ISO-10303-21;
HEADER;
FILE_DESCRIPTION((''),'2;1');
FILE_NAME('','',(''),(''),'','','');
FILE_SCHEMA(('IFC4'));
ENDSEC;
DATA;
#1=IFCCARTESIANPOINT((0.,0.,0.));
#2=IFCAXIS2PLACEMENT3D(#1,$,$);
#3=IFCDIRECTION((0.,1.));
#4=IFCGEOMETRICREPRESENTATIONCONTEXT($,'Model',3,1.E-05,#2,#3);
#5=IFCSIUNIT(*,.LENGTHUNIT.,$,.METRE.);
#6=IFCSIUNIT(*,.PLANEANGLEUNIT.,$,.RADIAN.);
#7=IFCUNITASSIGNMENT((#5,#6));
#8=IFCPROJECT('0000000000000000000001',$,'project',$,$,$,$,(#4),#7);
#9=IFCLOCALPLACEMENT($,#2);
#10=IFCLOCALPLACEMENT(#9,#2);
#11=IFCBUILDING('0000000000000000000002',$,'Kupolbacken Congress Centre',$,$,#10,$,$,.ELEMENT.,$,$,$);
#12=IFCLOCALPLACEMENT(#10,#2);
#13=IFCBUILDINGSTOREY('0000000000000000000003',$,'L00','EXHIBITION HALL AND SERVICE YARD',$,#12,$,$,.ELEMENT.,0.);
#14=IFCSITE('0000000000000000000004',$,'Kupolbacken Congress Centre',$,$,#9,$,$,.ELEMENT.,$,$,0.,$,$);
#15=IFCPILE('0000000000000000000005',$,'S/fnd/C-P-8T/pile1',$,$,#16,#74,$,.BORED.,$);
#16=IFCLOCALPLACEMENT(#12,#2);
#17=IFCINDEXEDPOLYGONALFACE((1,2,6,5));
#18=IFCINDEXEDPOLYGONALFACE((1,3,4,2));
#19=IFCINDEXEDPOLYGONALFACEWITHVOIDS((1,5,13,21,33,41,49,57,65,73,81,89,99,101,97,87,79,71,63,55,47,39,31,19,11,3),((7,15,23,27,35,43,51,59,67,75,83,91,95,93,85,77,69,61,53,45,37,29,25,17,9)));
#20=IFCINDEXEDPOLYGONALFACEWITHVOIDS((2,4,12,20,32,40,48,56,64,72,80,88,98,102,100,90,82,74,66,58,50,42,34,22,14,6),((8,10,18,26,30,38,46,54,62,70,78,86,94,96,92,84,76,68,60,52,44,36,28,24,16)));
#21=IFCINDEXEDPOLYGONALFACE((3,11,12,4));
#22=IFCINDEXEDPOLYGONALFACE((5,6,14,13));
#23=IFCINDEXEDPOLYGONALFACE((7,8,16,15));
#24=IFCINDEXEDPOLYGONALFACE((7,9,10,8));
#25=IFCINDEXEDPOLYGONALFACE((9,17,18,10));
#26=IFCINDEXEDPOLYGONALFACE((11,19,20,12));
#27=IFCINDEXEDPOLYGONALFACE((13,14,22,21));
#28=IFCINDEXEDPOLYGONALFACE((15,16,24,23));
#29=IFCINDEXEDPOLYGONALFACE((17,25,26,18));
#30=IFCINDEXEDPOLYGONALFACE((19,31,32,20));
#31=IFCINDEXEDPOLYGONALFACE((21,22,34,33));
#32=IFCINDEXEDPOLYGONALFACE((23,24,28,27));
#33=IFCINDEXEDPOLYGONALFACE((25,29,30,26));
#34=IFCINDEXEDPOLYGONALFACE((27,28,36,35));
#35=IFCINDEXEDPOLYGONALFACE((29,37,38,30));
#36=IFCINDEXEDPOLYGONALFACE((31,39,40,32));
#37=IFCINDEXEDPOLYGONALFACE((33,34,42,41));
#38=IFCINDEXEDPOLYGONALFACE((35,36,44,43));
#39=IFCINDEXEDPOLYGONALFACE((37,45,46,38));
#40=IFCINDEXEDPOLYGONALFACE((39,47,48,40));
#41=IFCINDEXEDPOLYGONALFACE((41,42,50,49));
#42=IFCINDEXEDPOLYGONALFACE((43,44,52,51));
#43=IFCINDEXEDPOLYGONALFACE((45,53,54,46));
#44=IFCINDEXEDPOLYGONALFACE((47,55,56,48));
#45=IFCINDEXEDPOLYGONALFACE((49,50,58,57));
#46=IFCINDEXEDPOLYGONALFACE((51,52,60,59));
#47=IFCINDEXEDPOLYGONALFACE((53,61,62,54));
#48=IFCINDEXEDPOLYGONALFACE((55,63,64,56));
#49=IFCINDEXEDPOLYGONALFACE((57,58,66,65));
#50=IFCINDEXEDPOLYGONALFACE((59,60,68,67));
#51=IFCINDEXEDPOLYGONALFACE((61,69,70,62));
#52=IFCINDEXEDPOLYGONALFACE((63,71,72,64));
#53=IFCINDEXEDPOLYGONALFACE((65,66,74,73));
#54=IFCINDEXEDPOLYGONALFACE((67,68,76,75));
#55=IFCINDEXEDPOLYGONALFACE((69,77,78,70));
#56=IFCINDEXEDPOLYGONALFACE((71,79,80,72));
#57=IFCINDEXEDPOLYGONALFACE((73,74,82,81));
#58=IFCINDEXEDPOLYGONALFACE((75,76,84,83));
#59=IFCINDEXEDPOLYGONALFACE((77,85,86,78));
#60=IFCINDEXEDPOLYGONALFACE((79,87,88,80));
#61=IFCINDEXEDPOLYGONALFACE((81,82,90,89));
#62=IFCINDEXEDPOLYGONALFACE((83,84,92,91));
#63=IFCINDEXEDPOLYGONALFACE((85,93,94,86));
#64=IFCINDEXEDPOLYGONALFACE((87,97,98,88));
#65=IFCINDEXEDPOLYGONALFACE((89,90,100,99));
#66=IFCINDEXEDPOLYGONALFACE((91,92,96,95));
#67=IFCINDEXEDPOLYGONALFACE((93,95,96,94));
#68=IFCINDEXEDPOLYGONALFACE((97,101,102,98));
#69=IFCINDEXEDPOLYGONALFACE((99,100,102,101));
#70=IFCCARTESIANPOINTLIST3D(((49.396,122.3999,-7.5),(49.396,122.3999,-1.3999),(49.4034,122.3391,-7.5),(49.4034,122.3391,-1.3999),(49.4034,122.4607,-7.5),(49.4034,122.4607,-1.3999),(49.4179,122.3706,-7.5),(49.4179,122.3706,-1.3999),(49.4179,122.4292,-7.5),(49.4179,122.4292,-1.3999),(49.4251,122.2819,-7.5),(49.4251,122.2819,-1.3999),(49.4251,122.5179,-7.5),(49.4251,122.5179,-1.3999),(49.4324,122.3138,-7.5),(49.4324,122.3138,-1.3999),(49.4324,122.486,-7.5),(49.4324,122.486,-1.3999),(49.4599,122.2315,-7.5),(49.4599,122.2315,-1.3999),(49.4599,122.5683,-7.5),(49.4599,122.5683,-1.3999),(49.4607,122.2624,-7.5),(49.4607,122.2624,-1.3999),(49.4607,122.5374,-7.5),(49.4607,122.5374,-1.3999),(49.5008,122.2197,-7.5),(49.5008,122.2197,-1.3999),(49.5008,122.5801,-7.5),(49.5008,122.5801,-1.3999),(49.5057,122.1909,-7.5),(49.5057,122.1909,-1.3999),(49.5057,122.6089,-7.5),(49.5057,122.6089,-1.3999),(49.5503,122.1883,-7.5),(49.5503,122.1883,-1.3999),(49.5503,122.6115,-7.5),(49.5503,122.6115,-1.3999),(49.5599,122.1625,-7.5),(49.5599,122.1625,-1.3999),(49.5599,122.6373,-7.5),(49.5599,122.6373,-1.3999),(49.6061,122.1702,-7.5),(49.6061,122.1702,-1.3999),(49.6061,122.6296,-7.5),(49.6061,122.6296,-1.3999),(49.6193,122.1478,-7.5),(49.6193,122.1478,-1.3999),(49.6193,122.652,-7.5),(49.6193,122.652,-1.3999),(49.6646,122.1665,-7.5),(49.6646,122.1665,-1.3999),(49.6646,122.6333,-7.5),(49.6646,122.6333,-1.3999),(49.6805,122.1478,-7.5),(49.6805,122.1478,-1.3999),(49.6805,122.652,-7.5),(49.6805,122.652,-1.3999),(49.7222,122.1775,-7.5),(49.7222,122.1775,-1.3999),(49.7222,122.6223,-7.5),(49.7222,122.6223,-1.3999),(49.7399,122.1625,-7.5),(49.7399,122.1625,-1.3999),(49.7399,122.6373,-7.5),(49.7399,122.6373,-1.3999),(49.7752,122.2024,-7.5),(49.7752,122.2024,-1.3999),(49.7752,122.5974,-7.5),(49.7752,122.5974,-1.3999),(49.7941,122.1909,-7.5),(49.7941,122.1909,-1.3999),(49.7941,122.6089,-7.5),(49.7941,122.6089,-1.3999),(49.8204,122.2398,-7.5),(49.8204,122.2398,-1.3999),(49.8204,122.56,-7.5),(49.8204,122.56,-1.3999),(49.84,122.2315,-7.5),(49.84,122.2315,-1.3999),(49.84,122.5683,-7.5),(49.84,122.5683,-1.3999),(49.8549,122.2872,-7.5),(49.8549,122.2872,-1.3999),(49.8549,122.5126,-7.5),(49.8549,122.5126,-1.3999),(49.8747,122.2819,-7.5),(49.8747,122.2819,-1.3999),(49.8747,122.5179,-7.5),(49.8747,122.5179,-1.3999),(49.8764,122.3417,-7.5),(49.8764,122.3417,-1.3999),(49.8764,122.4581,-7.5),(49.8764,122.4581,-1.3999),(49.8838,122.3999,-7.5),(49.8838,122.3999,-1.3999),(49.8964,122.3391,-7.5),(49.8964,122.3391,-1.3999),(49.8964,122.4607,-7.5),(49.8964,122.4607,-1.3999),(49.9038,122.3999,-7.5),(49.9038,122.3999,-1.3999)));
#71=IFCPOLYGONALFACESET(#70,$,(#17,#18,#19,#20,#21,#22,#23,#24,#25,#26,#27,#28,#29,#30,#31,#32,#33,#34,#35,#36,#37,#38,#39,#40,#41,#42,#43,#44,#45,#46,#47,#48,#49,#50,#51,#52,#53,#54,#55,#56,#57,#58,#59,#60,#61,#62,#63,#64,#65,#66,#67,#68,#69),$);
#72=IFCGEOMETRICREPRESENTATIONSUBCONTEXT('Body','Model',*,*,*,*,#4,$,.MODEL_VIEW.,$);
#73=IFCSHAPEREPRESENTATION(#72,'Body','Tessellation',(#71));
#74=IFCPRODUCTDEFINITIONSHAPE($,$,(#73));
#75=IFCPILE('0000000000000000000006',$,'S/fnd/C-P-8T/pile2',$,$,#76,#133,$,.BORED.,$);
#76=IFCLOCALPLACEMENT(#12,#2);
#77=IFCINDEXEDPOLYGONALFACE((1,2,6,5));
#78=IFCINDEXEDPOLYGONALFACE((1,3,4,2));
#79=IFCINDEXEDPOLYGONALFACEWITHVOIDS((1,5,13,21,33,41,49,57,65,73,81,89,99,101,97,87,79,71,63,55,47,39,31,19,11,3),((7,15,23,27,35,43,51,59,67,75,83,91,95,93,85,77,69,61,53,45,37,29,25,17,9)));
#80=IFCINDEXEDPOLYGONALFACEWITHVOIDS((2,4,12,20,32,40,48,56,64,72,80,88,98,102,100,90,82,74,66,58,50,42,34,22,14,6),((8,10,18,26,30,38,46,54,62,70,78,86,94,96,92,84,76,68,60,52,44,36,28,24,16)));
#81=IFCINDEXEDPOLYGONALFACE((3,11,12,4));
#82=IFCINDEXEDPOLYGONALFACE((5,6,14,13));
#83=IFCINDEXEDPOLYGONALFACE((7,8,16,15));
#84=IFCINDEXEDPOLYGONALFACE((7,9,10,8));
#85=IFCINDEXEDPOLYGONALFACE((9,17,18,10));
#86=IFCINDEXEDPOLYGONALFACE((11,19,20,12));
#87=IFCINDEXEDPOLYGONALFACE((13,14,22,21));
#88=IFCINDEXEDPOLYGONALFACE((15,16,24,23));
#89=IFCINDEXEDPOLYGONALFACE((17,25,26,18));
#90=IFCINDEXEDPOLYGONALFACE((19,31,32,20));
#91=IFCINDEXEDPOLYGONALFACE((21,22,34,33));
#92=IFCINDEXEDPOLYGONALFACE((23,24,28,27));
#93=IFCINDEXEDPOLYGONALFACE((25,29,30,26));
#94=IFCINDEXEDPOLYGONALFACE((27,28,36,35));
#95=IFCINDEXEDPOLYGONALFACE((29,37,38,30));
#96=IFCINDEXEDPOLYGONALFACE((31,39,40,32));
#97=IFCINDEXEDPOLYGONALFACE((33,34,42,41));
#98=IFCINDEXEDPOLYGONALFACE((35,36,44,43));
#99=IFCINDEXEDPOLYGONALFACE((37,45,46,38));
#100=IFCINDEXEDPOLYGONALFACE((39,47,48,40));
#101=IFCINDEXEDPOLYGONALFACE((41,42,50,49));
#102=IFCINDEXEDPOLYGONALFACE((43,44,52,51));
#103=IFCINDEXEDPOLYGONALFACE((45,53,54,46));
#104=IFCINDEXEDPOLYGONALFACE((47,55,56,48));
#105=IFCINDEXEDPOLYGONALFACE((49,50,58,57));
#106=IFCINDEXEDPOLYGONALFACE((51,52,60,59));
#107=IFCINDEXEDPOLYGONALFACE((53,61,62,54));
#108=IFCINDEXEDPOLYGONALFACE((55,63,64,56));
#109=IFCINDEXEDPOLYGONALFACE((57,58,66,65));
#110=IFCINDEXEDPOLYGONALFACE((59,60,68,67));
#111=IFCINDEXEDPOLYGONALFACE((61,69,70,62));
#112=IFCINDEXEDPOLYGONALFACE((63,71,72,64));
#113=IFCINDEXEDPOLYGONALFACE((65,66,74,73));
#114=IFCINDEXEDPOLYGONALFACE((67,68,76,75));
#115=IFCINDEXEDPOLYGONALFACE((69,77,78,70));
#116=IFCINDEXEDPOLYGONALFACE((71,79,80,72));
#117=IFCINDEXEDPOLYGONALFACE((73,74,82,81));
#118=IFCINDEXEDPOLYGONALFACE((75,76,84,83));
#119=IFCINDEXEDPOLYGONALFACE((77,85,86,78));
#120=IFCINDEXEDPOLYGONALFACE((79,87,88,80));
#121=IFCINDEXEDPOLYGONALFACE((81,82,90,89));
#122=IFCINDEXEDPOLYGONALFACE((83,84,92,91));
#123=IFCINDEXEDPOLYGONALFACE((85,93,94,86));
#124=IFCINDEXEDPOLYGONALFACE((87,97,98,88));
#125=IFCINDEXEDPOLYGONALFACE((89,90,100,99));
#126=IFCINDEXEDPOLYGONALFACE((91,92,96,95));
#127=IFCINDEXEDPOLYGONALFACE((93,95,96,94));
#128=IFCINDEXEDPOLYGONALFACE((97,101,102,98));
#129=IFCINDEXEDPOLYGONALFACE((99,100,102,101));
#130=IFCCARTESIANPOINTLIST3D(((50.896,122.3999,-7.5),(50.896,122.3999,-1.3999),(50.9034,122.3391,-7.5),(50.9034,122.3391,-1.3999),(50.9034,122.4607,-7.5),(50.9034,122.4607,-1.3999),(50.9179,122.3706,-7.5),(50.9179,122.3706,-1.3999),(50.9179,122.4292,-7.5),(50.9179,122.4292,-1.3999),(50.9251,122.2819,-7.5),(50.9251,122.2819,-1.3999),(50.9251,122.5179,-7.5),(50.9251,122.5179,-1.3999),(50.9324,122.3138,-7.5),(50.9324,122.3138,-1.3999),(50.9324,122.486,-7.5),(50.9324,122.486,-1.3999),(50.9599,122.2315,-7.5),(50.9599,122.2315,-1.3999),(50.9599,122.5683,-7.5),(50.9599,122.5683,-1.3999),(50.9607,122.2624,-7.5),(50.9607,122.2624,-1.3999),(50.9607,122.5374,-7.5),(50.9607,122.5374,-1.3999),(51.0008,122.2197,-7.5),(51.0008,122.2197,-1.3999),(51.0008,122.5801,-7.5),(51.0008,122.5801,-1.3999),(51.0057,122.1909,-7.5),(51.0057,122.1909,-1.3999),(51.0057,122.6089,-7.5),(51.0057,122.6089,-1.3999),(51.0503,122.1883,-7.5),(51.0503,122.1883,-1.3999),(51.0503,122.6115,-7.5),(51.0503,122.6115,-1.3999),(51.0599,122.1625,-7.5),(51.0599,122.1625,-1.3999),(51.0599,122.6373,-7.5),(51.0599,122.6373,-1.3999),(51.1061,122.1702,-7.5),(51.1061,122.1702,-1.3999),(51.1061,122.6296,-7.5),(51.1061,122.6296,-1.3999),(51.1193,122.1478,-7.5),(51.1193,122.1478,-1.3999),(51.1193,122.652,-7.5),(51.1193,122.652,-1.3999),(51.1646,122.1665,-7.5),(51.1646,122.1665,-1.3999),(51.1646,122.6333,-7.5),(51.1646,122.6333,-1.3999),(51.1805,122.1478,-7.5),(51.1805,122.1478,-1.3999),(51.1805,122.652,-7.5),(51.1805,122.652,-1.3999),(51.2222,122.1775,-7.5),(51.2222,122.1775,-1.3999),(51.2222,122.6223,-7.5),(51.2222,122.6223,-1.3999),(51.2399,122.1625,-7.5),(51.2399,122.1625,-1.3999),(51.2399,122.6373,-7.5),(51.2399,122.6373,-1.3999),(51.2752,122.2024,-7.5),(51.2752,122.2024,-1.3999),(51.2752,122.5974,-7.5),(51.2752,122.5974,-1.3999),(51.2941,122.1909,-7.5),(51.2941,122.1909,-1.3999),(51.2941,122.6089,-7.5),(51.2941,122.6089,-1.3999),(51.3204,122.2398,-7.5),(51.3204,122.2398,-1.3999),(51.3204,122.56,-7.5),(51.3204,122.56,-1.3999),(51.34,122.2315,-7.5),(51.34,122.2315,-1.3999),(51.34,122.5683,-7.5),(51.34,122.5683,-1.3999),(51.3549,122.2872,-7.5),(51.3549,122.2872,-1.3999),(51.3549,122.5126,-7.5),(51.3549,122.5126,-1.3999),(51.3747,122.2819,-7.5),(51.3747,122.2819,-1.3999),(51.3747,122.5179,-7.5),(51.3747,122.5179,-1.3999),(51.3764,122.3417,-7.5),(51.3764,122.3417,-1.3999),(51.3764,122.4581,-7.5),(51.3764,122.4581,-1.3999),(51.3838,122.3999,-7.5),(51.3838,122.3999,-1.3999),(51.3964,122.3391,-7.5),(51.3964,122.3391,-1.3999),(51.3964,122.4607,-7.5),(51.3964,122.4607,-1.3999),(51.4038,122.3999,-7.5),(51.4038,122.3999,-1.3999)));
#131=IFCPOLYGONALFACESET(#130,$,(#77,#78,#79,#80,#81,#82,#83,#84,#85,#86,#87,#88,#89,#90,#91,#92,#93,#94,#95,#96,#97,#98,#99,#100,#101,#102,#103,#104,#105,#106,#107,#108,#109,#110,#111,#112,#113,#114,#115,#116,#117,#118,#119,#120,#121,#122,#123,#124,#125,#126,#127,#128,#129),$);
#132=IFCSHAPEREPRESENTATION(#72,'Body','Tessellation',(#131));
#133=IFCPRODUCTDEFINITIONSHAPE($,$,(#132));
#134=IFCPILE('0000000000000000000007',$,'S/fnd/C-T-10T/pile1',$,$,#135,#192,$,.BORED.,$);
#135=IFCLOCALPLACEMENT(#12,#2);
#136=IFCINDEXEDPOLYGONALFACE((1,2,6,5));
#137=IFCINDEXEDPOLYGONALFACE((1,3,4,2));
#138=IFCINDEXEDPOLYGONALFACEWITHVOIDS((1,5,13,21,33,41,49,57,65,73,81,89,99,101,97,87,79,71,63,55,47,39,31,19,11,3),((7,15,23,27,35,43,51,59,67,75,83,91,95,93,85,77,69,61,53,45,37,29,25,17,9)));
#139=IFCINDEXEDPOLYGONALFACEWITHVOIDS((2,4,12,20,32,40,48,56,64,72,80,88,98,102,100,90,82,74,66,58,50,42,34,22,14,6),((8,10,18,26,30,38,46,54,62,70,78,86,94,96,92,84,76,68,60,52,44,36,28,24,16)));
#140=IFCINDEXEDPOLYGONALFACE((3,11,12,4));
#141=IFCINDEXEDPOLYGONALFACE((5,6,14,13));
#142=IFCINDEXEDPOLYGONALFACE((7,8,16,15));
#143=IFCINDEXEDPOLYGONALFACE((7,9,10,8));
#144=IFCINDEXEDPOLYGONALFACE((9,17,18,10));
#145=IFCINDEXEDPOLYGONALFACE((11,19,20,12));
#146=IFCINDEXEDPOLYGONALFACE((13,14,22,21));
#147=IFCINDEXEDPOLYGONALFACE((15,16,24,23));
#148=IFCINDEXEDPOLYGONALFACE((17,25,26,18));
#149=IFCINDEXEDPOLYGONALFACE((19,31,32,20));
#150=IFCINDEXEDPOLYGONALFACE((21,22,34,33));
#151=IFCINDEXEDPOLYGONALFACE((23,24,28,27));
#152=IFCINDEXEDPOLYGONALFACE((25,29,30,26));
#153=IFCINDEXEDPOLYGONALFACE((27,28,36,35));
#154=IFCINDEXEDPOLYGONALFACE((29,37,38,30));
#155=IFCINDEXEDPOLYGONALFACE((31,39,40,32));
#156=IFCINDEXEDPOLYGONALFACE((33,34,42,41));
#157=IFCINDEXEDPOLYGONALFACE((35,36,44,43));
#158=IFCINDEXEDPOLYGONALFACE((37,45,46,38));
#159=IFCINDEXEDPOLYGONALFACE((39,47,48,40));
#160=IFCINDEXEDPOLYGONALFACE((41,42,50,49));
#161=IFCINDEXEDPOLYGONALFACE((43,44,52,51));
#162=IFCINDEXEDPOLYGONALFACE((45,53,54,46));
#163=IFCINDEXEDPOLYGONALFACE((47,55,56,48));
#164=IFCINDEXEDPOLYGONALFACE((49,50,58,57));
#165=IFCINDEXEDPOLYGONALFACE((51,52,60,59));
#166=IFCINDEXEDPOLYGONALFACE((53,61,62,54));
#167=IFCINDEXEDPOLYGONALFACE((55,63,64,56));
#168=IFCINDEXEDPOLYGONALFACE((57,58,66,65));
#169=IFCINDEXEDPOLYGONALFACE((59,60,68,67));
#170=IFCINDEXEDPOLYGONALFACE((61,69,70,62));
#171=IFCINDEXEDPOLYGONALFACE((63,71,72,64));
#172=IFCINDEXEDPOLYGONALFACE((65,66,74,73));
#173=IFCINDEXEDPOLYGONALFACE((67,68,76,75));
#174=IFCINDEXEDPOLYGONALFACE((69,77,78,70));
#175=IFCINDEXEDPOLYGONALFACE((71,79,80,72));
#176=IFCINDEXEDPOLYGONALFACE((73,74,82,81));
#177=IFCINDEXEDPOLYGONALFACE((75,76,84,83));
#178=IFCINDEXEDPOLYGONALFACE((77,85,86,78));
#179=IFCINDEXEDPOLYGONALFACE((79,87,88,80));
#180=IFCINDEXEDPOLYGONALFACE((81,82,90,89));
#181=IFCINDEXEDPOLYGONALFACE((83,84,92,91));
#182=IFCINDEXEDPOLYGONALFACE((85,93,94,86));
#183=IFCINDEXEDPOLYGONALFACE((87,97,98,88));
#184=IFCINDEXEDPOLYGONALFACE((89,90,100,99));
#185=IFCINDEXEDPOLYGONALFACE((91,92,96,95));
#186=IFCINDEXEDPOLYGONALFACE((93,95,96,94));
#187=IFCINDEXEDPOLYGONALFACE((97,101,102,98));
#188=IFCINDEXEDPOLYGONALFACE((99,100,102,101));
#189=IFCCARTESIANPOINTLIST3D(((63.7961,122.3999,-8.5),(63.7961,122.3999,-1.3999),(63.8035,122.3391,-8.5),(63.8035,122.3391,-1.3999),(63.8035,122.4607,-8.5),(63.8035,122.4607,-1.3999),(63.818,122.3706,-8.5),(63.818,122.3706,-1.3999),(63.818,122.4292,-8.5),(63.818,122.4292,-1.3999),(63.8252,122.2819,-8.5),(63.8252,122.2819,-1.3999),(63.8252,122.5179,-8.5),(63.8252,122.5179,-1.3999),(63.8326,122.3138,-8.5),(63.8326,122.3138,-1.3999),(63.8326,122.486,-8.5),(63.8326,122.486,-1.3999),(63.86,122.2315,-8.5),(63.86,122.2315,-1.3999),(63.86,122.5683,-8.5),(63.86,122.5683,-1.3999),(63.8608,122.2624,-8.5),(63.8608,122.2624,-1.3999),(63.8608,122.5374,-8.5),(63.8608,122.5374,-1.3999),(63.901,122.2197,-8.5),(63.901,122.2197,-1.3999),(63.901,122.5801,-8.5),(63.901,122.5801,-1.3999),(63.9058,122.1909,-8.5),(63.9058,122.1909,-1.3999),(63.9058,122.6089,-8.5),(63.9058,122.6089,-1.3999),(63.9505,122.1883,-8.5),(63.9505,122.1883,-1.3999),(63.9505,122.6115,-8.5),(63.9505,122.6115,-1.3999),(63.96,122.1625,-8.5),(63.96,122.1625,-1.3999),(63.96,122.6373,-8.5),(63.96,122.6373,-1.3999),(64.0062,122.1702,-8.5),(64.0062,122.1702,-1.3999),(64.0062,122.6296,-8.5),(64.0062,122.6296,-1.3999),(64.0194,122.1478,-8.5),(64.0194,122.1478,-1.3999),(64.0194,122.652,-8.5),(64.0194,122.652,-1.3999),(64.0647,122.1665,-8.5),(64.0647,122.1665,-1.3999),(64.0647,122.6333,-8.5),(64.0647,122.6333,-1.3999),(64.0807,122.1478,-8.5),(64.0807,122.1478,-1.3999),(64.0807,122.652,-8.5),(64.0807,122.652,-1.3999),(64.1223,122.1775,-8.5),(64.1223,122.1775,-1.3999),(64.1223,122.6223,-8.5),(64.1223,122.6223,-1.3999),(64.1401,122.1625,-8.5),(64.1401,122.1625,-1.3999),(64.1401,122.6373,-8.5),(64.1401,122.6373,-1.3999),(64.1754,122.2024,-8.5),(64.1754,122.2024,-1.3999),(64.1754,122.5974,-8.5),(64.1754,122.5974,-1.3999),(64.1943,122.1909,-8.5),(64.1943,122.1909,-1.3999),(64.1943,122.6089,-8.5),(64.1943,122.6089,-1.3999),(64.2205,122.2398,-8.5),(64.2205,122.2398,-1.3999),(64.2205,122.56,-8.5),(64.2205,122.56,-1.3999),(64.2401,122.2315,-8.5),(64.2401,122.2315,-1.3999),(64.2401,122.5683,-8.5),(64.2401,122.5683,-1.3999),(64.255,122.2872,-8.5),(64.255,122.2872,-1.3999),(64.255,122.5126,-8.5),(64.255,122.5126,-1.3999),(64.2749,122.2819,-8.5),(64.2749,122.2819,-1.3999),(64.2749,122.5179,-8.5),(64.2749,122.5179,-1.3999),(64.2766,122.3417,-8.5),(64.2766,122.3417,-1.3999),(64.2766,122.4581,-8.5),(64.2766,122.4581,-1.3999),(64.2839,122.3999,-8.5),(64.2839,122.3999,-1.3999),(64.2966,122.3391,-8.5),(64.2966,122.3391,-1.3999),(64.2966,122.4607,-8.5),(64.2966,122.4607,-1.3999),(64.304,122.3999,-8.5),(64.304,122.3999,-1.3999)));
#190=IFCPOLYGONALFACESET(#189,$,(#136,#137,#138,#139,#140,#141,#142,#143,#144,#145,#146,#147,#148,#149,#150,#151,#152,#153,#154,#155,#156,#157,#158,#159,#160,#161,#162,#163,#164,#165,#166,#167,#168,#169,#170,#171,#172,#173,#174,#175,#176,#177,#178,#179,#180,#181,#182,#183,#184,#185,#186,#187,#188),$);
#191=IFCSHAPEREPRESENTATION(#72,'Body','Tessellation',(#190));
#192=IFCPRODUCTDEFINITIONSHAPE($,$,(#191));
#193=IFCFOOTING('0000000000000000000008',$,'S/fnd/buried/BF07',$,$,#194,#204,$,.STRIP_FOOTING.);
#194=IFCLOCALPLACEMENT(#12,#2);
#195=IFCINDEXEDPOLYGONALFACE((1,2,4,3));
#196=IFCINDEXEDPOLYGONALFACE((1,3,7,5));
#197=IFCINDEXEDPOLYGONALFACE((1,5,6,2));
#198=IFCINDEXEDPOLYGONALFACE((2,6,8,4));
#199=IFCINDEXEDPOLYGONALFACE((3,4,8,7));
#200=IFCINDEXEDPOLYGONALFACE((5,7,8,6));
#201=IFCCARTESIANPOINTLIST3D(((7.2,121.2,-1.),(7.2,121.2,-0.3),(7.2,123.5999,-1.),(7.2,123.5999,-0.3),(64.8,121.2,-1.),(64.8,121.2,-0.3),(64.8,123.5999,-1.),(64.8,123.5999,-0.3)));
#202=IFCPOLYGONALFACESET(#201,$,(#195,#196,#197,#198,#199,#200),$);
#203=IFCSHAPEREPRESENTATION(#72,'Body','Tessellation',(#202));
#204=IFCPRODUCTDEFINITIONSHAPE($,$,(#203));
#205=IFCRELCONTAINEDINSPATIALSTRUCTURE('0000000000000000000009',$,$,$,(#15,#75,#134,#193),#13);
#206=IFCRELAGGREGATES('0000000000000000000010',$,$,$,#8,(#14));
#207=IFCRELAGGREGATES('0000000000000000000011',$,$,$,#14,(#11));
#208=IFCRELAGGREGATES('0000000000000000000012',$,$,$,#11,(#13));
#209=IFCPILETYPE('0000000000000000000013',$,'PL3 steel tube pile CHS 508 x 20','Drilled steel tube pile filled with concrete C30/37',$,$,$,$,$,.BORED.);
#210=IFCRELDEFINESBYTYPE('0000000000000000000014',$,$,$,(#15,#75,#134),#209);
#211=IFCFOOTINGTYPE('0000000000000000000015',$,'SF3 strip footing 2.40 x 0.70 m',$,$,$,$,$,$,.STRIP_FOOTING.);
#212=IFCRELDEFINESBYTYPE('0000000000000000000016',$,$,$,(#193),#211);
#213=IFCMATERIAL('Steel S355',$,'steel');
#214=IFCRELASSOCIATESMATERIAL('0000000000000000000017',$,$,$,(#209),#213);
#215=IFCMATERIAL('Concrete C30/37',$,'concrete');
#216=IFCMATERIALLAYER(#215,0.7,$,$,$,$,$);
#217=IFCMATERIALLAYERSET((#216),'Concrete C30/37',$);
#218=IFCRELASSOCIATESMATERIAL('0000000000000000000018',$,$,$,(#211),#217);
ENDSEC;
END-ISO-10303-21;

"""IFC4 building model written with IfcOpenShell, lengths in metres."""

from ifc_helpers import new_model, si_unit, direction, frame, origin, origin_2d, place, context, subcontext, project, spatial, rectangle, hollow_circle, extrude, material, layer, layer_set, material_profile, profile_set, type_object, element, save


model = new_model("IFC4")

# Units and contexts
model_context = context("Model", 3, precision=1e-05, world=origin(), true_north=direction((0.0, 1.0)))
body_context = subcontext(model_context, "Body", "Model", "MODEL_VIEW")
ifc_project = project(units=[si_unit("LENGTHUNIT", "METRE"), si_unit("PLANEANGLEUNIT", "RADIAN")], contexts=[model_context])

# Site, building, storey
site_placement = place(None, origin())
site = spatial("IfcSite", under=ifc_project, at=site_placement, Name="Kupolbacken Congress Centre", CompositionType="ELEMENT", RefElevation=0.0)
building_placement = place(site_placement, origin())
building = spatial("IfcBuilding", under=site, at=building_placement, Name="Kupolbacken Congress Centre", CompositionType="ELEMENT")
storey_placement = place(building_placement, origin())
storey = spatial("IfcBuildingStorey", under=building, at=storey_placement, Name="L00", Description="EXHIBITION HALL AND SERVICE YARD", CompositionType="ELEMENT", Elevation=0.0)

# Piles
ifc_material_1 = material(Name="Steel S355", Category="steel")
ifc_material_profile_1 = material_profile(ifc_material_1, hollow_circle(Radius=0.2539, WallThickness=0.02, at=origin_2d()), Name="CHS 508 x 20")
ifc_profile_set_1 = profile_set([ifc_material_profile_1], Name="Steel S355")
pile_type = type_object("IfcPileType", Name="PL3 steel tube pile CHS 508 x 20", Description="Drilled steel tube pile filled with concrete C30/37", PredefinedType="BORED", material=ifc_profile_set_1)
for number, where, z_axis, x_axis, name in (
    (1, (49.6499, 122.3999, -1.3999), (0.0, 0.0, -1.0), (1.0, 0.0, 0.0), "S/fnd/C-P-8T/pile1"),
    (2, (51.1499, 122.3999, -1.3999), (0.0, 0.0, -1.0), (1.0, 0.0, 0.0), "S/fnd/C-P-8T/pile2"),
):
    element("IfcPile", number, at=place(storey_placement, frame(where, z_axis=z_axis, x_axis=x_axis)), inside=storey, type_object=pile_type, Name=name, PredefinedType="BORED", context=body_context, shape_type="SweptSolid", body=[
        extrude(hollow_circle(Radius=0.2539, WallThickness=0.02, at=origin_2d()), origin(), (0.0, 0.0, 1.0), 6.1001),
    ])
pile_placement = place(storey_placement, frame((64.05, 122.3999, -1.3999), z_axis=(0.0, 0.0, -1.0), x_axis=(1.0, 0.0, 0.0)))
element("IfcPile", 3, at=pile_placement, inside=storey, type_object=pile_type, Name="S/fnd/C-T-10T/pile1", PredefinedType="BORED", context=body_context, shape_type="SweptSolid", body=[
    extrude(hollow_circle(Radius=0.2539, WallThickness=0.02, at=origin_2d()), origin(), (0.0, 0.0, 1.0), 7.1001),
])

# Footing
ifc_material_2 = material(Name="Concrete C30/37", Category="concrete")
ifc_layer_1 = layer(ifc_material_2, 0.7)
ifc_layer_set_1 = layer_set([ifc_layer_1], Name="Concrete C30/37")
footing_type_1 = type_object("IfcFootingType", Name="SF3 strip footing 2.40 x 0.70 m", PredefinedType="STRIP_FOOTING", material=ifc_layer_set_1)
footing_placement = place(storey_placement, frame((36.0, 122.3999, -1.0), z_axis=(0.0, 0.0, 1.0), x_axis=(1.0, 0.0, 0.0)))
element("IfcFooting", 4, at=footing_placement, inside=storey, type_object=footing_type_1, Name="S/fnd/buried/BF07", PredefinedType="STRIP_FOOTING", context=body_context, shape_type="SweptSolid", body=[
    extrude(rectangle(XDim=57.6001, YDim=2.3999, at=origin_2d()), origin(), (0.0, 0.0, 1.0), 0.7),
])

save(model, "model.ifc")
